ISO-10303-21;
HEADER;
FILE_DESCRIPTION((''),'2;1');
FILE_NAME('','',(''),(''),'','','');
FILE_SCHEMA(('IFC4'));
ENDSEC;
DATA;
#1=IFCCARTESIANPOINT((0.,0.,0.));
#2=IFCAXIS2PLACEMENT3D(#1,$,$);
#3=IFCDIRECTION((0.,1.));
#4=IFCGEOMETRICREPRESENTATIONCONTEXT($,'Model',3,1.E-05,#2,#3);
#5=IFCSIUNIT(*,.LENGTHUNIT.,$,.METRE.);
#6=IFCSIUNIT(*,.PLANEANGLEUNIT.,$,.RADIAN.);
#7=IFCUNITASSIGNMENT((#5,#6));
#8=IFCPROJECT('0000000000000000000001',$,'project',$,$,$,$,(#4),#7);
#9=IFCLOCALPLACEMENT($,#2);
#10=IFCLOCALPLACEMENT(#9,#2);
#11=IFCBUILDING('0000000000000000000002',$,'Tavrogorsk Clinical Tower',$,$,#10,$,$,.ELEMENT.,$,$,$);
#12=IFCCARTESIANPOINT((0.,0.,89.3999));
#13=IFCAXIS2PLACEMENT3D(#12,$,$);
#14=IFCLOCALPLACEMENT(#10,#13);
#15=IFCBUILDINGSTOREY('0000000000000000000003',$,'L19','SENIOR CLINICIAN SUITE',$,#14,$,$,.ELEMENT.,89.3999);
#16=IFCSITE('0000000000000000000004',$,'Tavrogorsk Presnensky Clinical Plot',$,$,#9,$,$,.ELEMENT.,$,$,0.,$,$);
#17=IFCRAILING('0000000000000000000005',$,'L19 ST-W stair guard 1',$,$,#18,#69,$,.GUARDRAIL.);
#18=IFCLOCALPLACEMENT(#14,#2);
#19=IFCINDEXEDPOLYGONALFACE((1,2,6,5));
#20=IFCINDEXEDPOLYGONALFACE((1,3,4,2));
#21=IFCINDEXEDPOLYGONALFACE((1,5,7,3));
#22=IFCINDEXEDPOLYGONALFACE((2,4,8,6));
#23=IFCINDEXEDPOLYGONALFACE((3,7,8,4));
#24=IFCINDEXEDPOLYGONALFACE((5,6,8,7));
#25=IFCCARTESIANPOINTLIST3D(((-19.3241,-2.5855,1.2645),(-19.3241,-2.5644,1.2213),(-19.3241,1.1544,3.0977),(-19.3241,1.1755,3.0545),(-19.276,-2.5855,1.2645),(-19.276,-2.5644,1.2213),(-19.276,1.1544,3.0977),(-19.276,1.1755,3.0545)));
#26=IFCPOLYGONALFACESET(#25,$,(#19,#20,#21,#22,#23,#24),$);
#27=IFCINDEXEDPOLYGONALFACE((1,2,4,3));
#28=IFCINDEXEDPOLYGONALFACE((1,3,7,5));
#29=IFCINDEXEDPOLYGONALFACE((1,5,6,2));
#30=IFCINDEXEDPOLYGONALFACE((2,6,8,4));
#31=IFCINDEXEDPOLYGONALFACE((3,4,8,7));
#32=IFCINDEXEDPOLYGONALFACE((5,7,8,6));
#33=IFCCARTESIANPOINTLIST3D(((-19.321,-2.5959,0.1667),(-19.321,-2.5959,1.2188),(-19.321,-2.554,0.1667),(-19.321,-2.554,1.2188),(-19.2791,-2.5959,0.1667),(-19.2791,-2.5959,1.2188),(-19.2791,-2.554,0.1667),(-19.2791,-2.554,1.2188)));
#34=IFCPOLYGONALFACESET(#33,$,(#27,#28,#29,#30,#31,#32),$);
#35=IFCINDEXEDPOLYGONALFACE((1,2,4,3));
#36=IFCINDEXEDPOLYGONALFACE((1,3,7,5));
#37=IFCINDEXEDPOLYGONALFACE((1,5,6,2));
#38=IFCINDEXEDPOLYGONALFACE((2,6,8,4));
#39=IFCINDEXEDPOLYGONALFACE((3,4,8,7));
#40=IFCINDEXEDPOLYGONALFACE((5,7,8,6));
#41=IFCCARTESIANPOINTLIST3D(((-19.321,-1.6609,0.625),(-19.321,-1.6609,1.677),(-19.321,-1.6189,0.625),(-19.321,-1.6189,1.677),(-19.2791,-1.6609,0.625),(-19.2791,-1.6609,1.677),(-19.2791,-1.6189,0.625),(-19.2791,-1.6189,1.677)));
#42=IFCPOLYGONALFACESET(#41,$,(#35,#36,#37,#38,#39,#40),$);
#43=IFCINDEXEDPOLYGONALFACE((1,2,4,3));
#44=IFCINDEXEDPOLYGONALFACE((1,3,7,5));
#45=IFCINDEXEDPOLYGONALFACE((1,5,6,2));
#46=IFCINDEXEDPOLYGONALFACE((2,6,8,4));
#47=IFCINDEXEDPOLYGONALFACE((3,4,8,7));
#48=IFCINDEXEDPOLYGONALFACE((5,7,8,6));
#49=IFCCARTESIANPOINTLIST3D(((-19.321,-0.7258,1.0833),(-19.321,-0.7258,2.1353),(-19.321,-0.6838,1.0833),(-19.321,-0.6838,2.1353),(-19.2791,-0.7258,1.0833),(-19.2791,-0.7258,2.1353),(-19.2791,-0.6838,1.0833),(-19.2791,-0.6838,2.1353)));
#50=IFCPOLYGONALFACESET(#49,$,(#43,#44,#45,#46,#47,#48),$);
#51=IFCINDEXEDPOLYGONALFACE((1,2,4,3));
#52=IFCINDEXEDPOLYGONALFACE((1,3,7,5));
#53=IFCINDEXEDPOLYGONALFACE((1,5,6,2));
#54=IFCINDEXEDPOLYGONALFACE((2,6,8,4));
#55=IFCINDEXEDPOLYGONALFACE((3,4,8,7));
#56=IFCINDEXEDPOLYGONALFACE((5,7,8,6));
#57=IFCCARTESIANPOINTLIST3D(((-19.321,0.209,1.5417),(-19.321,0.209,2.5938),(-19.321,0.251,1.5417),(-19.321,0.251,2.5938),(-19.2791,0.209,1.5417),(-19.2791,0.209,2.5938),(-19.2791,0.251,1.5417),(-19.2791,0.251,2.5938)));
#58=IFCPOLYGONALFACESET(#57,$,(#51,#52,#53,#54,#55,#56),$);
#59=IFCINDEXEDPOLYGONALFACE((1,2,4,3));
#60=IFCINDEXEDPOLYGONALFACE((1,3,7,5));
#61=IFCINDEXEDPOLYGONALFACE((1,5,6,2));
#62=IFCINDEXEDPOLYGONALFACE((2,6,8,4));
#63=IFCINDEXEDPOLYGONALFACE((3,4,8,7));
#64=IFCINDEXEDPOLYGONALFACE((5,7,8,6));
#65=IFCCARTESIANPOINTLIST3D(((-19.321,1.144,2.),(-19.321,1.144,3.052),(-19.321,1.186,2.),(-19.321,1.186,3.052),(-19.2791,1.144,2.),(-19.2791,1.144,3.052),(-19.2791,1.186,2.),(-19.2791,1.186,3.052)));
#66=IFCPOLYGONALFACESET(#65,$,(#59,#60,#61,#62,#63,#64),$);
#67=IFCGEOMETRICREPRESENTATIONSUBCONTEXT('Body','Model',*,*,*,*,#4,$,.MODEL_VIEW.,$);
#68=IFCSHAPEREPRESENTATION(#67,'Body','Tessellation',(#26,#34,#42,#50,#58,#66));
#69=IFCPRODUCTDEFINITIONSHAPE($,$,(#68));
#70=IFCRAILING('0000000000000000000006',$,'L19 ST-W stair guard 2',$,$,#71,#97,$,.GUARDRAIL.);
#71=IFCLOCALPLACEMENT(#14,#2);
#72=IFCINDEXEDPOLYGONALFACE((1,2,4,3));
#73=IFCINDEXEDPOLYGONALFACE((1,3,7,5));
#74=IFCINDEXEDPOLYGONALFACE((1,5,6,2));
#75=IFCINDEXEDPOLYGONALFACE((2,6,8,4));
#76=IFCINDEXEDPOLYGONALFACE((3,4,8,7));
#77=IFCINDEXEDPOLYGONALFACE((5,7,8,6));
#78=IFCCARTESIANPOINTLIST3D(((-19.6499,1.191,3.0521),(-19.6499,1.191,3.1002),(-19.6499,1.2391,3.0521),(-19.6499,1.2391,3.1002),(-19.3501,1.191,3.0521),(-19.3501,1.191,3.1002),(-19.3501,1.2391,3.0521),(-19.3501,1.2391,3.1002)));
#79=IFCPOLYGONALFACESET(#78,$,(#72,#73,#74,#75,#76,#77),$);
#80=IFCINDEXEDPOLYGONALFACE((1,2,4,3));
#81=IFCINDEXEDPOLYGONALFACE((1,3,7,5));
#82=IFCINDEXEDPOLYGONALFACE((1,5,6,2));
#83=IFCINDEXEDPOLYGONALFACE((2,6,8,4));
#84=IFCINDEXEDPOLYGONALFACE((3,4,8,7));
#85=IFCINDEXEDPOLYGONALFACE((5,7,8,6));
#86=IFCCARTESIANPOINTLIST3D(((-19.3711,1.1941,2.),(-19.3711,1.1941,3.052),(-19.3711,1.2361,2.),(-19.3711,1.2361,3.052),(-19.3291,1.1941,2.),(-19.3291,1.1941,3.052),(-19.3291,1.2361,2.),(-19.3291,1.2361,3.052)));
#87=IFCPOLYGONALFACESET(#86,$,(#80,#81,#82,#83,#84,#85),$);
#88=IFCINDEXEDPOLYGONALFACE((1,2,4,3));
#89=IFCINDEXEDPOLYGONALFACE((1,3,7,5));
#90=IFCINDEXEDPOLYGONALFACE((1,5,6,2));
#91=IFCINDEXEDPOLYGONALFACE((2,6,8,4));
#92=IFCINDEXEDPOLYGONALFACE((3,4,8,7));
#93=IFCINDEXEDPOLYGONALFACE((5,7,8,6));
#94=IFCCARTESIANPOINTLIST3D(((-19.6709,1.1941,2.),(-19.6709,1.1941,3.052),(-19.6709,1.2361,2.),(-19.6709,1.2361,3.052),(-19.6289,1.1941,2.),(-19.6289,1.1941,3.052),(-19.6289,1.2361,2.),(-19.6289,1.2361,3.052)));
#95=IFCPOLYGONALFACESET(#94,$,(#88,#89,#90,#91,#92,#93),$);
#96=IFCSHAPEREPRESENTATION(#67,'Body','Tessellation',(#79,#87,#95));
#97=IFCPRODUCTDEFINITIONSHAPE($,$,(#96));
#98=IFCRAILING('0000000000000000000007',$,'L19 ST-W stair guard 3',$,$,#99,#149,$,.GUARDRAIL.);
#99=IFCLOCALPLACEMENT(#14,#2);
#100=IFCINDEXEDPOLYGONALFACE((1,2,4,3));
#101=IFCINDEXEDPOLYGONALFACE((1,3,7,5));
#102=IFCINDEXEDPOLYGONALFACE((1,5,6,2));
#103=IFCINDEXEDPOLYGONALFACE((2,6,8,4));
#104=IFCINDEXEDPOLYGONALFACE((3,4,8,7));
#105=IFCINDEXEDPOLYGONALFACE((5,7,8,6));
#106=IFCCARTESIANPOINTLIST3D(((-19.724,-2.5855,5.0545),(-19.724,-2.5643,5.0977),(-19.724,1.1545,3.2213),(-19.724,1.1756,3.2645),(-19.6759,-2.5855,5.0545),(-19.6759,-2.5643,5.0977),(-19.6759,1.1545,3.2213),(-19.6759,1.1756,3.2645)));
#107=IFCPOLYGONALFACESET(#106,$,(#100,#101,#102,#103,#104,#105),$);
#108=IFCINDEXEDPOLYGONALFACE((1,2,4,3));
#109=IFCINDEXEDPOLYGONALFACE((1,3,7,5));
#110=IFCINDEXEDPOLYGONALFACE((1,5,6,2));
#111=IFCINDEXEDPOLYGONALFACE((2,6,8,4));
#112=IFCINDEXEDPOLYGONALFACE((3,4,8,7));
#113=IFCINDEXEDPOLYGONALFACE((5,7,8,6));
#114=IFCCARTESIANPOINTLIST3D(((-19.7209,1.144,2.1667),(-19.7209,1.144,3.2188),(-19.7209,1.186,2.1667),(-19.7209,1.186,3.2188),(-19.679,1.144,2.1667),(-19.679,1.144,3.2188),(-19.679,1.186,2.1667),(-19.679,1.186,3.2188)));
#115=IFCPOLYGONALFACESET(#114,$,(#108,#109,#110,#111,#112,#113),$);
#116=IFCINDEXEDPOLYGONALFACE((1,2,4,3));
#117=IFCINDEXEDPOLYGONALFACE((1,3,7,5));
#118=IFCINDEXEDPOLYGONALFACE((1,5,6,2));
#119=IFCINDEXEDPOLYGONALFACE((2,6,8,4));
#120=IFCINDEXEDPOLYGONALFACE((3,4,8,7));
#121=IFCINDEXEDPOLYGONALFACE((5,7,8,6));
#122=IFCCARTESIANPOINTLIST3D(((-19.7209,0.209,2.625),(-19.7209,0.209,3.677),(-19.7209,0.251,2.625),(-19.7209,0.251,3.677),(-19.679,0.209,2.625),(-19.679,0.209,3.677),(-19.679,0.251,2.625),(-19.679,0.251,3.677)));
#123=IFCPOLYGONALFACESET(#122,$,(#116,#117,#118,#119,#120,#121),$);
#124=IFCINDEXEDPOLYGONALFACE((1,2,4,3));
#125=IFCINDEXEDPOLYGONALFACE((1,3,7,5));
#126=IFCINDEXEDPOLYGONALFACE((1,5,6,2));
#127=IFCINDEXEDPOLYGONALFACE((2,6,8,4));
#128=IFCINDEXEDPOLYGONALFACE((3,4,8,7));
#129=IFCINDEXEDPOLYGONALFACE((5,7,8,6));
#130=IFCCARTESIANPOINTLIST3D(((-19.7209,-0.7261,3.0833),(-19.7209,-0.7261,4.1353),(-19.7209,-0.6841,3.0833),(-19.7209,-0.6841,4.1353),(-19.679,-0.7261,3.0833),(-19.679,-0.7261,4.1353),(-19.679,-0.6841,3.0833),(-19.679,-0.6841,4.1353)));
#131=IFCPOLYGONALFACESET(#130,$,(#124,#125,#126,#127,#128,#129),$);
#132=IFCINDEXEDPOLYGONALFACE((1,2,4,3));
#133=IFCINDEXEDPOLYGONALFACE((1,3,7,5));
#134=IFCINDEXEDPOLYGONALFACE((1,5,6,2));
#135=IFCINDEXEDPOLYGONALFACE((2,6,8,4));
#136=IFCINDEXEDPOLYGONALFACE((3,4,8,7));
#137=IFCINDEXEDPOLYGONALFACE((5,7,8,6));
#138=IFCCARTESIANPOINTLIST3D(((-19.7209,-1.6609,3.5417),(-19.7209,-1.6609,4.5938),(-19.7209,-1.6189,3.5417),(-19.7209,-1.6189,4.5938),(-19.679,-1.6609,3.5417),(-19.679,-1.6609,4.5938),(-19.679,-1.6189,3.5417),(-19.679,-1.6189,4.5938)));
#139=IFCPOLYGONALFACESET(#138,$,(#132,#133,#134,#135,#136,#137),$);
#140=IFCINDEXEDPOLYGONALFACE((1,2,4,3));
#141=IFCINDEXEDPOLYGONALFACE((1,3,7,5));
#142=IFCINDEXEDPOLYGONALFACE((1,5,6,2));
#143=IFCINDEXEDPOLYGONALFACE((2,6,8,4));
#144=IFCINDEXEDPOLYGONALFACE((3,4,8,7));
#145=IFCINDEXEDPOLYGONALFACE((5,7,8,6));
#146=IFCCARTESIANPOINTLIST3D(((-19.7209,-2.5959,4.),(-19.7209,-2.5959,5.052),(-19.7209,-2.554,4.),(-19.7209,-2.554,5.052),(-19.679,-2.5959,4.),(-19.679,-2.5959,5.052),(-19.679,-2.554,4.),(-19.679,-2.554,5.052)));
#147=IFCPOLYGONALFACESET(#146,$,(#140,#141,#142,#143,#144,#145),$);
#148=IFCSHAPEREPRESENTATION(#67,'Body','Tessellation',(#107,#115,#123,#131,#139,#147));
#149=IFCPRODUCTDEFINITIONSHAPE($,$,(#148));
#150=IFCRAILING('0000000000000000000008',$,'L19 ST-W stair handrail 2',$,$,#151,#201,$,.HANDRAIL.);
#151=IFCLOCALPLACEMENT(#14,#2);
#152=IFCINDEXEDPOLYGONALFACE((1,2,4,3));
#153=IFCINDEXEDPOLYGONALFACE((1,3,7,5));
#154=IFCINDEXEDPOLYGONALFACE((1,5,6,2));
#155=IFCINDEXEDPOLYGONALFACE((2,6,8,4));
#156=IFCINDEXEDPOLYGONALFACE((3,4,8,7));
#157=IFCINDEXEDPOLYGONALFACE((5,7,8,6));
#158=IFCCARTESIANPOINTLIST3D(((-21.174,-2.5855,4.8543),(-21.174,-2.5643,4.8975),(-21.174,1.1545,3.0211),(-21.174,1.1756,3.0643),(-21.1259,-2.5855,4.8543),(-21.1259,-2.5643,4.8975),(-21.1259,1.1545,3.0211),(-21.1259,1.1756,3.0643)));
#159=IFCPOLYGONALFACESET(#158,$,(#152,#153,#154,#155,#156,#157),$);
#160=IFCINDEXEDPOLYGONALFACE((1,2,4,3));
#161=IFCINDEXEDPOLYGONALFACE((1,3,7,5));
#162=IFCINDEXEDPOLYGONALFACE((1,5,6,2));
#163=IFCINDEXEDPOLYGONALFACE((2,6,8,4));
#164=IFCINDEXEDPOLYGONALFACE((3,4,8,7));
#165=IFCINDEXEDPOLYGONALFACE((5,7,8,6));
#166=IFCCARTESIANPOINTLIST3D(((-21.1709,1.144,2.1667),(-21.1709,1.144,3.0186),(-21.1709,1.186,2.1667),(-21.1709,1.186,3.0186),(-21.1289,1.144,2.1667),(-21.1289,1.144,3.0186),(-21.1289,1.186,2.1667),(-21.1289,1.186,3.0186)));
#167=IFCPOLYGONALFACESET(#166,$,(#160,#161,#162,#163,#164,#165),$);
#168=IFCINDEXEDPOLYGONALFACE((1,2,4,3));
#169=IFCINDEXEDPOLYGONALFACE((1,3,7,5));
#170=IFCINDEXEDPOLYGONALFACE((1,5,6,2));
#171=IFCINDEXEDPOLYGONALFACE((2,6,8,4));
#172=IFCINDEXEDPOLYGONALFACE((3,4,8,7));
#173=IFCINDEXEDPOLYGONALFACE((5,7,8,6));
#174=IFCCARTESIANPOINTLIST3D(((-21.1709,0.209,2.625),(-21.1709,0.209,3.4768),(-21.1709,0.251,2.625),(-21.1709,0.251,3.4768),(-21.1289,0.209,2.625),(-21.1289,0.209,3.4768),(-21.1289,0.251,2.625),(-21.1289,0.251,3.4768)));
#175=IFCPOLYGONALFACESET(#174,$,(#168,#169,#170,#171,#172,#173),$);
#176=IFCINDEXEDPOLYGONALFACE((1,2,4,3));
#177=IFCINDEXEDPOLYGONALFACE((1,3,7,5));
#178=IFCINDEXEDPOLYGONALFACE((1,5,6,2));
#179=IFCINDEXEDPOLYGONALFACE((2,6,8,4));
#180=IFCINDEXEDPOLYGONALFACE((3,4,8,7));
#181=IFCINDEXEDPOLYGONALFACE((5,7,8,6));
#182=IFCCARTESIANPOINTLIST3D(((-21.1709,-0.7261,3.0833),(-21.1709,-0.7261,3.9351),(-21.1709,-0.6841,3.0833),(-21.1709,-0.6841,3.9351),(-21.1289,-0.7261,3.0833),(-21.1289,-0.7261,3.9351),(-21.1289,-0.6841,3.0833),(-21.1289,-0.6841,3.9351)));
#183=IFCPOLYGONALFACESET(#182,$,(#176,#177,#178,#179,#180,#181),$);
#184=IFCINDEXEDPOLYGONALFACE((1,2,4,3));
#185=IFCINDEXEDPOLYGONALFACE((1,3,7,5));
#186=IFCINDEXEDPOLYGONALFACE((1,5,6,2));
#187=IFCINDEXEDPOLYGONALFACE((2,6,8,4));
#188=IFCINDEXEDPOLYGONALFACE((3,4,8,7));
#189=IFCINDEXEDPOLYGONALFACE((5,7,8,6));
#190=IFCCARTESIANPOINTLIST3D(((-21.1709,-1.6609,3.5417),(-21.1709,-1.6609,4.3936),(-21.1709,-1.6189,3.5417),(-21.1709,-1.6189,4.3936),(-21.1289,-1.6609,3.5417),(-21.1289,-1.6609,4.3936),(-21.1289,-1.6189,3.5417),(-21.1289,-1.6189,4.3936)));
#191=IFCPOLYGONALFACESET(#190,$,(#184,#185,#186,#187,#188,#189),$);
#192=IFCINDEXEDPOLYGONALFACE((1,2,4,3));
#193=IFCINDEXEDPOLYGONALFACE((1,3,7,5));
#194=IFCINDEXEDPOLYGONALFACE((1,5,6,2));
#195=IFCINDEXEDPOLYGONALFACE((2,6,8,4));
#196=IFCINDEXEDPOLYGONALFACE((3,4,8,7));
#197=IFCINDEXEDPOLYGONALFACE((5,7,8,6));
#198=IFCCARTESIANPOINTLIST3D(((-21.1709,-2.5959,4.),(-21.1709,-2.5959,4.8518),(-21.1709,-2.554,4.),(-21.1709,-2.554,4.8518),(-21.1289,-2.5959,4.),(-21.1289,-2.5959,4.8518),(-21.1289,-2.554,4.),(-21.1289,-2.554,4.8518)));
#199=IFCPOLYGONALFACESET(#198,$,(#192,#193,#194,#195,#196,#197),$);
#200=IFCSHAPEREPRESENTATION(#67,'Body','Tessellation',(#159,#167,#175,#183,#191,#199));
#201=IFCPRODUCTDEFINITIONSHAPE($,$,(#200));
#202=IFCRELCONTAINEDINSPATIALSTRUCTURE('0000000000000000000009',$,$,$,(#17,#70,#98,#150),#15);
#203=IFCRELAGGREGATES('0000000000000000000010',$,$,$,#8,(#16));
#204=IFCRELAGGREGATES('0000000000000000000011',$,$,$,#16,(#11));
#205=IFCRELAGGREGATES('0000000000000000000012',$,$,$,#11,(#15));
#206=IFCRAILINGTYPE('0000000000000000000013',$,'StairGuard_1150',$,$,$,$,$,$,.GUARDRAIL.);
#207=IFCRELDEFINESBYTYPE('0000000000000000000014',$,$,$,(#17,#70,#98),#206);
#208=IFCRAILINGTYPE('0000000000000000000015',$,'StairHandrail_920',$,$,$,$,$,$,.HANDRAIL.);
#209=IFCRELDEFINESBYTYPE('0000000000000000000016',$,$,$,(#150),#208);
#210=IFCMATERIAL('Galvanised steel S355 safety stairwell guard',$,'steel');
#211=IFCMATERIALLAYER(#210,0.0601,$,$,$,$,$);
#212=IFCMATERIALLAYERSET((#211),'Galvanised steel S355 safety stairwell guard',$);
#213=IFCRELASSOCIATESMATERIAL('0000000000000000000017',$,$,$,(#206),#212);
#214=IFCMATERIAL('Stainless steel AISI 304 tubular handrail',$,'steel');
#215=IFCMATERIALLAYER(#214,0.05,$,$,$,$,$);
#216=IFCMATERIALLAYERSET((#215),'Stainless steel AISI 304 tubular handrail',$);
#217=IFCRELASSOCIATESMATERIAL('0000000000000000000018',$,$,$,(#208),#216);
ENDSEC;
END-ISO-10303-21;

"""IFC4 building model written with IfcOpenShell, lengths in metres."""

from ifc_helpers import new_model, si_unit, direction, frame, origin, origin_2d, place, context, subcontext, project, spatial, rectangle, extrude, material, layer, layer_set, type_object, element, save


model = new_model("IFC4")

# Units and contexts
model_context = context("Model", 3, precision=1e-05, world=origin(), true_north=direction((0.0, 1.0)))
body_context = subcontext(model_context, "Body", "Model", "MODEL_VIEW")
ifc_project = project(units=[si_unit("LENGTHUNIT", "METRE"), si_unit("PLANEANGLEUNIT", "RADIAN")], contexts=[model_context])

# Site, building, storey
site_placement = place(None, origin())
site = spatial("IfcSite", under=ifc_project, at=site_placement, Name="Tavrogorsk Presnensky Clinical Plot", CompositionType="ELEMENT", RefElevation=0.0)
building_placement = place(site_placement, origin())
building = spatial("IfcBuilding", under=site, at=building_placement, Name="Tavrogorsk Clinical Tower", CompositionType="ELEMENT")
storey_placement = place(building_placement, frame((0.0, 0.0, 89.3999)))
storey = spatial("IfcBuildingStorey", under=building, at=storey_placement, Name="L19", Description="SENIOR CLINICIAN SUITE", CompositionType="ELEMENT", Elevation=89.3999)

# Railings
ifc_material_1 = material(Name="Galvanised steel S355 safety stairwell guard", Category="steel")
ifc_layer_1 = layer(ifc_material_1, 0.0601)
ifc_layer_set_1 = layer_set([ifc_layer_1], Name="Galvanised steel S355 safety stairwell guard")
railing_type_1 = type_object("IfcRailingType", Name="StairGuard_1150", PredefinedType="GUARDRAIL", material=ifc_layer_set_1)
railing_1_placement = place(storey_placement, frame((-19.3, -2.575, 0.1667)))
element("IfcRailing", 1, at=railing_1_placement, inside=storey, type_object=railing_type_1, Name="L19 ST-W stair guard 1", PredefinedType="GUARDRAIL", context=body_context, shape_type="SweptSolid", body=[
    extrude(rectangle(XDim=0.0481, YDim=0.0481, at=origin_2d()), frame((0.0, 0.0, 1.0762), z_axis=(0.0, 0.897928, 0.440142), x_axis=(-1.0, 0.0, 0.0)), (0.0, 0.0, 1.0), 4.165),
    extrude(rectangle(XDim=0.042, YDim=0.042, at=origin_2d()), origin(), (0.0, 0.0, 1.0), 1.052),
    extrude(rectangle(XDim=0.042, YDim=0.042, at=origin_2d()), frame((0.0, 0.9351, 0.4583)), (0.0, 0.0, 1.0), 1.052),
    extrude(rectangle(XDim=0.042, YDim=0.042, at=origin_2d()), frame((0.0, 1.8701, 0.9165)), (0.0, 0.0, 1.0), 1.052),
    extrude(rectangle(XDim=0.042, YDim=0.042, at=origin_2d()), frame((0.0, 2.8049, 1.375)), (0.0, 0.0, 1.0), 1.052),
    extrude(rectangle(XDim=0.042, YDim=0.042, at=origin_2d()), frame((0.0, 3.74, 1.8333)), (0.0, 0.0, 1.0), 1.052),
])
railing_2_placement = place(storey_placement, frame((-19.3501, 1.2151, 2.0)))
element("IfcRailing", 2, at=railing_2_placement, inside=storey, type_object=railing_type_1, Name="L19 ST-W stair guard 2", PredefinedType="GUARDRAIL", context=body_context, shape_type="SweptSolid", body=[
    extrude(rectangle(XDim=0.0481, YDim=0.0481, at=origin_2d()), frame((0.0, 0.0, 1.0762), z_axis=(-1.0, 0.0, 0.0), x_axis=(0.0, -1.0, 0.0)), (0.0, 0.0, 1.0), 0.2998),
    extrude(rectangle(XDim=0.042, YDim=0.042, at=origin_2d()), origin(), (0.0, 0.0, 1.0), 1.052),
    extrude(rectangle(XDim=0.042, YDim=0.042, at=origin_2d()), frame((-0.2998, 0.0, 0.0)), (0.0, 0.0, 1.0), 1.052),
])
railing_3_placement = place(storey_placement, frame((-19.7, 1.165, 2.1667)))
element("IfcRailing", 3, at=railing_3_placement, inside=storey, type_object=railing_type_1, Name="L19 ST-W stair guard 3", PredefinedType="GUARDRAIL", context=body_context, shape_type="SweptSolid", body=[
    extrude(rectangle(XDim=0.0481, YDim=0.0481, at=origin_2d()), frame((0.0, 0.0, 1.0762), z_axis=(0.0, -0.897928, 0.440142), x_axis=(1.0, 0.0, 0.0)), (0.0, 0.0, 1.0), 4.165),
    extrude(rectangle(XDim=0.042, YDim=0.042, at=origin_2d()), origin(), (0.0, 0.0, 1.0), 1.052),
    extrude(rectangle(XDim=0.042, YDim=0.042, at=origin_2d()), frame((0.0, -0.9351, 0.4583)), (0.0, 0.0, 1.0), 1.052),
    extrude(rectangle(XDim=0.042, YDim=0.042, at=origin_2d()), frame((0.0, -1.8701, 0.9165)), (0.0, 0.0, 1.0), 1.052),
    extrude(rectangle(XDim=0.042, YDim=0.042, at=origin_2d()), frame((0.0, -2.8049, 1.375)), (0.0, 0.0, 1.0), 1.052),
    extrude(rectangle(XDim=0.042, YDim=0.042, at=origin_2d()), frame((0.0, -3.74, 1.8333)), (0.0, 0.0, 1.0), 1.052),
])
ifc_material_2 = material(Name="Stainless steel AISI 304 tubular handrail", Category="steel")
ifc_layer_2 = layer(ifc_material_2, 0.05)
ifc_layer_set_2 = layer_set([ifc_layer_2], Name="Stainless steel AISI 304 tubular handrail")
railing_type_2 = type_object("IfcRailingType", Name="StairHandrail_920", PredefinedType="HANDRAIL", material=ifc_layer_set_2)
railing_4_placement = place(storey_placement, frame((-21.1499, 1.165, 2.1667)))
element("IfcRailing", 4, at=railing_4_placement, inside=storey, type_object=railing_type_2, Name="L19 ST-W stair handrail 2", PredefinedType="HANDRAIL", context=body_context, shape_type="SweptSolid", body=[
    extrude(rectangle(XDim=0.0481, YDim=0.0481, at=origin_2d()), frame((0.0, 0.0, 0.876), z_axis=(0.0, -0.897928, 0.440142), x_axis=(1.0, 0.0, 0.0)), (0.0, 0.0, 1.0), 4.165),
    extrude(rectangle(XDim=0.042, YDim=0.042, at=origin_2d()), origin(), (0.0, 0.0, 1.0), 0.8518),
    extrude(rectangle(XDim=0.042, YDim=0.042, at=origin_2d()), frame((0.0, -0.9351, 0.4583)), (0.0, 0.0, 1.0), 0.8518),
    extrude(rectangle(XDim=0.042, YDim=0.042, at=origin_2d()), frame((0.0, -1.8701, 0.9165)), (0.0, 0.0, 1.0), 0.8518),
    extrude(rectangle(XDim=0.042, YDim=0.042, at=origin_2d()), frame((0.0, -2.8049, 1.375)), (0.0, 0.0, 1.0), 0.8518),
    extrude(rectangle(XDim=0.042, YDim=0.042, at=origin_2d()), frame((0.0, -3.74, 1.8333)), (0.0, 0.0, 1.0), 0.8518),
])

save(model, "model.ifc")
